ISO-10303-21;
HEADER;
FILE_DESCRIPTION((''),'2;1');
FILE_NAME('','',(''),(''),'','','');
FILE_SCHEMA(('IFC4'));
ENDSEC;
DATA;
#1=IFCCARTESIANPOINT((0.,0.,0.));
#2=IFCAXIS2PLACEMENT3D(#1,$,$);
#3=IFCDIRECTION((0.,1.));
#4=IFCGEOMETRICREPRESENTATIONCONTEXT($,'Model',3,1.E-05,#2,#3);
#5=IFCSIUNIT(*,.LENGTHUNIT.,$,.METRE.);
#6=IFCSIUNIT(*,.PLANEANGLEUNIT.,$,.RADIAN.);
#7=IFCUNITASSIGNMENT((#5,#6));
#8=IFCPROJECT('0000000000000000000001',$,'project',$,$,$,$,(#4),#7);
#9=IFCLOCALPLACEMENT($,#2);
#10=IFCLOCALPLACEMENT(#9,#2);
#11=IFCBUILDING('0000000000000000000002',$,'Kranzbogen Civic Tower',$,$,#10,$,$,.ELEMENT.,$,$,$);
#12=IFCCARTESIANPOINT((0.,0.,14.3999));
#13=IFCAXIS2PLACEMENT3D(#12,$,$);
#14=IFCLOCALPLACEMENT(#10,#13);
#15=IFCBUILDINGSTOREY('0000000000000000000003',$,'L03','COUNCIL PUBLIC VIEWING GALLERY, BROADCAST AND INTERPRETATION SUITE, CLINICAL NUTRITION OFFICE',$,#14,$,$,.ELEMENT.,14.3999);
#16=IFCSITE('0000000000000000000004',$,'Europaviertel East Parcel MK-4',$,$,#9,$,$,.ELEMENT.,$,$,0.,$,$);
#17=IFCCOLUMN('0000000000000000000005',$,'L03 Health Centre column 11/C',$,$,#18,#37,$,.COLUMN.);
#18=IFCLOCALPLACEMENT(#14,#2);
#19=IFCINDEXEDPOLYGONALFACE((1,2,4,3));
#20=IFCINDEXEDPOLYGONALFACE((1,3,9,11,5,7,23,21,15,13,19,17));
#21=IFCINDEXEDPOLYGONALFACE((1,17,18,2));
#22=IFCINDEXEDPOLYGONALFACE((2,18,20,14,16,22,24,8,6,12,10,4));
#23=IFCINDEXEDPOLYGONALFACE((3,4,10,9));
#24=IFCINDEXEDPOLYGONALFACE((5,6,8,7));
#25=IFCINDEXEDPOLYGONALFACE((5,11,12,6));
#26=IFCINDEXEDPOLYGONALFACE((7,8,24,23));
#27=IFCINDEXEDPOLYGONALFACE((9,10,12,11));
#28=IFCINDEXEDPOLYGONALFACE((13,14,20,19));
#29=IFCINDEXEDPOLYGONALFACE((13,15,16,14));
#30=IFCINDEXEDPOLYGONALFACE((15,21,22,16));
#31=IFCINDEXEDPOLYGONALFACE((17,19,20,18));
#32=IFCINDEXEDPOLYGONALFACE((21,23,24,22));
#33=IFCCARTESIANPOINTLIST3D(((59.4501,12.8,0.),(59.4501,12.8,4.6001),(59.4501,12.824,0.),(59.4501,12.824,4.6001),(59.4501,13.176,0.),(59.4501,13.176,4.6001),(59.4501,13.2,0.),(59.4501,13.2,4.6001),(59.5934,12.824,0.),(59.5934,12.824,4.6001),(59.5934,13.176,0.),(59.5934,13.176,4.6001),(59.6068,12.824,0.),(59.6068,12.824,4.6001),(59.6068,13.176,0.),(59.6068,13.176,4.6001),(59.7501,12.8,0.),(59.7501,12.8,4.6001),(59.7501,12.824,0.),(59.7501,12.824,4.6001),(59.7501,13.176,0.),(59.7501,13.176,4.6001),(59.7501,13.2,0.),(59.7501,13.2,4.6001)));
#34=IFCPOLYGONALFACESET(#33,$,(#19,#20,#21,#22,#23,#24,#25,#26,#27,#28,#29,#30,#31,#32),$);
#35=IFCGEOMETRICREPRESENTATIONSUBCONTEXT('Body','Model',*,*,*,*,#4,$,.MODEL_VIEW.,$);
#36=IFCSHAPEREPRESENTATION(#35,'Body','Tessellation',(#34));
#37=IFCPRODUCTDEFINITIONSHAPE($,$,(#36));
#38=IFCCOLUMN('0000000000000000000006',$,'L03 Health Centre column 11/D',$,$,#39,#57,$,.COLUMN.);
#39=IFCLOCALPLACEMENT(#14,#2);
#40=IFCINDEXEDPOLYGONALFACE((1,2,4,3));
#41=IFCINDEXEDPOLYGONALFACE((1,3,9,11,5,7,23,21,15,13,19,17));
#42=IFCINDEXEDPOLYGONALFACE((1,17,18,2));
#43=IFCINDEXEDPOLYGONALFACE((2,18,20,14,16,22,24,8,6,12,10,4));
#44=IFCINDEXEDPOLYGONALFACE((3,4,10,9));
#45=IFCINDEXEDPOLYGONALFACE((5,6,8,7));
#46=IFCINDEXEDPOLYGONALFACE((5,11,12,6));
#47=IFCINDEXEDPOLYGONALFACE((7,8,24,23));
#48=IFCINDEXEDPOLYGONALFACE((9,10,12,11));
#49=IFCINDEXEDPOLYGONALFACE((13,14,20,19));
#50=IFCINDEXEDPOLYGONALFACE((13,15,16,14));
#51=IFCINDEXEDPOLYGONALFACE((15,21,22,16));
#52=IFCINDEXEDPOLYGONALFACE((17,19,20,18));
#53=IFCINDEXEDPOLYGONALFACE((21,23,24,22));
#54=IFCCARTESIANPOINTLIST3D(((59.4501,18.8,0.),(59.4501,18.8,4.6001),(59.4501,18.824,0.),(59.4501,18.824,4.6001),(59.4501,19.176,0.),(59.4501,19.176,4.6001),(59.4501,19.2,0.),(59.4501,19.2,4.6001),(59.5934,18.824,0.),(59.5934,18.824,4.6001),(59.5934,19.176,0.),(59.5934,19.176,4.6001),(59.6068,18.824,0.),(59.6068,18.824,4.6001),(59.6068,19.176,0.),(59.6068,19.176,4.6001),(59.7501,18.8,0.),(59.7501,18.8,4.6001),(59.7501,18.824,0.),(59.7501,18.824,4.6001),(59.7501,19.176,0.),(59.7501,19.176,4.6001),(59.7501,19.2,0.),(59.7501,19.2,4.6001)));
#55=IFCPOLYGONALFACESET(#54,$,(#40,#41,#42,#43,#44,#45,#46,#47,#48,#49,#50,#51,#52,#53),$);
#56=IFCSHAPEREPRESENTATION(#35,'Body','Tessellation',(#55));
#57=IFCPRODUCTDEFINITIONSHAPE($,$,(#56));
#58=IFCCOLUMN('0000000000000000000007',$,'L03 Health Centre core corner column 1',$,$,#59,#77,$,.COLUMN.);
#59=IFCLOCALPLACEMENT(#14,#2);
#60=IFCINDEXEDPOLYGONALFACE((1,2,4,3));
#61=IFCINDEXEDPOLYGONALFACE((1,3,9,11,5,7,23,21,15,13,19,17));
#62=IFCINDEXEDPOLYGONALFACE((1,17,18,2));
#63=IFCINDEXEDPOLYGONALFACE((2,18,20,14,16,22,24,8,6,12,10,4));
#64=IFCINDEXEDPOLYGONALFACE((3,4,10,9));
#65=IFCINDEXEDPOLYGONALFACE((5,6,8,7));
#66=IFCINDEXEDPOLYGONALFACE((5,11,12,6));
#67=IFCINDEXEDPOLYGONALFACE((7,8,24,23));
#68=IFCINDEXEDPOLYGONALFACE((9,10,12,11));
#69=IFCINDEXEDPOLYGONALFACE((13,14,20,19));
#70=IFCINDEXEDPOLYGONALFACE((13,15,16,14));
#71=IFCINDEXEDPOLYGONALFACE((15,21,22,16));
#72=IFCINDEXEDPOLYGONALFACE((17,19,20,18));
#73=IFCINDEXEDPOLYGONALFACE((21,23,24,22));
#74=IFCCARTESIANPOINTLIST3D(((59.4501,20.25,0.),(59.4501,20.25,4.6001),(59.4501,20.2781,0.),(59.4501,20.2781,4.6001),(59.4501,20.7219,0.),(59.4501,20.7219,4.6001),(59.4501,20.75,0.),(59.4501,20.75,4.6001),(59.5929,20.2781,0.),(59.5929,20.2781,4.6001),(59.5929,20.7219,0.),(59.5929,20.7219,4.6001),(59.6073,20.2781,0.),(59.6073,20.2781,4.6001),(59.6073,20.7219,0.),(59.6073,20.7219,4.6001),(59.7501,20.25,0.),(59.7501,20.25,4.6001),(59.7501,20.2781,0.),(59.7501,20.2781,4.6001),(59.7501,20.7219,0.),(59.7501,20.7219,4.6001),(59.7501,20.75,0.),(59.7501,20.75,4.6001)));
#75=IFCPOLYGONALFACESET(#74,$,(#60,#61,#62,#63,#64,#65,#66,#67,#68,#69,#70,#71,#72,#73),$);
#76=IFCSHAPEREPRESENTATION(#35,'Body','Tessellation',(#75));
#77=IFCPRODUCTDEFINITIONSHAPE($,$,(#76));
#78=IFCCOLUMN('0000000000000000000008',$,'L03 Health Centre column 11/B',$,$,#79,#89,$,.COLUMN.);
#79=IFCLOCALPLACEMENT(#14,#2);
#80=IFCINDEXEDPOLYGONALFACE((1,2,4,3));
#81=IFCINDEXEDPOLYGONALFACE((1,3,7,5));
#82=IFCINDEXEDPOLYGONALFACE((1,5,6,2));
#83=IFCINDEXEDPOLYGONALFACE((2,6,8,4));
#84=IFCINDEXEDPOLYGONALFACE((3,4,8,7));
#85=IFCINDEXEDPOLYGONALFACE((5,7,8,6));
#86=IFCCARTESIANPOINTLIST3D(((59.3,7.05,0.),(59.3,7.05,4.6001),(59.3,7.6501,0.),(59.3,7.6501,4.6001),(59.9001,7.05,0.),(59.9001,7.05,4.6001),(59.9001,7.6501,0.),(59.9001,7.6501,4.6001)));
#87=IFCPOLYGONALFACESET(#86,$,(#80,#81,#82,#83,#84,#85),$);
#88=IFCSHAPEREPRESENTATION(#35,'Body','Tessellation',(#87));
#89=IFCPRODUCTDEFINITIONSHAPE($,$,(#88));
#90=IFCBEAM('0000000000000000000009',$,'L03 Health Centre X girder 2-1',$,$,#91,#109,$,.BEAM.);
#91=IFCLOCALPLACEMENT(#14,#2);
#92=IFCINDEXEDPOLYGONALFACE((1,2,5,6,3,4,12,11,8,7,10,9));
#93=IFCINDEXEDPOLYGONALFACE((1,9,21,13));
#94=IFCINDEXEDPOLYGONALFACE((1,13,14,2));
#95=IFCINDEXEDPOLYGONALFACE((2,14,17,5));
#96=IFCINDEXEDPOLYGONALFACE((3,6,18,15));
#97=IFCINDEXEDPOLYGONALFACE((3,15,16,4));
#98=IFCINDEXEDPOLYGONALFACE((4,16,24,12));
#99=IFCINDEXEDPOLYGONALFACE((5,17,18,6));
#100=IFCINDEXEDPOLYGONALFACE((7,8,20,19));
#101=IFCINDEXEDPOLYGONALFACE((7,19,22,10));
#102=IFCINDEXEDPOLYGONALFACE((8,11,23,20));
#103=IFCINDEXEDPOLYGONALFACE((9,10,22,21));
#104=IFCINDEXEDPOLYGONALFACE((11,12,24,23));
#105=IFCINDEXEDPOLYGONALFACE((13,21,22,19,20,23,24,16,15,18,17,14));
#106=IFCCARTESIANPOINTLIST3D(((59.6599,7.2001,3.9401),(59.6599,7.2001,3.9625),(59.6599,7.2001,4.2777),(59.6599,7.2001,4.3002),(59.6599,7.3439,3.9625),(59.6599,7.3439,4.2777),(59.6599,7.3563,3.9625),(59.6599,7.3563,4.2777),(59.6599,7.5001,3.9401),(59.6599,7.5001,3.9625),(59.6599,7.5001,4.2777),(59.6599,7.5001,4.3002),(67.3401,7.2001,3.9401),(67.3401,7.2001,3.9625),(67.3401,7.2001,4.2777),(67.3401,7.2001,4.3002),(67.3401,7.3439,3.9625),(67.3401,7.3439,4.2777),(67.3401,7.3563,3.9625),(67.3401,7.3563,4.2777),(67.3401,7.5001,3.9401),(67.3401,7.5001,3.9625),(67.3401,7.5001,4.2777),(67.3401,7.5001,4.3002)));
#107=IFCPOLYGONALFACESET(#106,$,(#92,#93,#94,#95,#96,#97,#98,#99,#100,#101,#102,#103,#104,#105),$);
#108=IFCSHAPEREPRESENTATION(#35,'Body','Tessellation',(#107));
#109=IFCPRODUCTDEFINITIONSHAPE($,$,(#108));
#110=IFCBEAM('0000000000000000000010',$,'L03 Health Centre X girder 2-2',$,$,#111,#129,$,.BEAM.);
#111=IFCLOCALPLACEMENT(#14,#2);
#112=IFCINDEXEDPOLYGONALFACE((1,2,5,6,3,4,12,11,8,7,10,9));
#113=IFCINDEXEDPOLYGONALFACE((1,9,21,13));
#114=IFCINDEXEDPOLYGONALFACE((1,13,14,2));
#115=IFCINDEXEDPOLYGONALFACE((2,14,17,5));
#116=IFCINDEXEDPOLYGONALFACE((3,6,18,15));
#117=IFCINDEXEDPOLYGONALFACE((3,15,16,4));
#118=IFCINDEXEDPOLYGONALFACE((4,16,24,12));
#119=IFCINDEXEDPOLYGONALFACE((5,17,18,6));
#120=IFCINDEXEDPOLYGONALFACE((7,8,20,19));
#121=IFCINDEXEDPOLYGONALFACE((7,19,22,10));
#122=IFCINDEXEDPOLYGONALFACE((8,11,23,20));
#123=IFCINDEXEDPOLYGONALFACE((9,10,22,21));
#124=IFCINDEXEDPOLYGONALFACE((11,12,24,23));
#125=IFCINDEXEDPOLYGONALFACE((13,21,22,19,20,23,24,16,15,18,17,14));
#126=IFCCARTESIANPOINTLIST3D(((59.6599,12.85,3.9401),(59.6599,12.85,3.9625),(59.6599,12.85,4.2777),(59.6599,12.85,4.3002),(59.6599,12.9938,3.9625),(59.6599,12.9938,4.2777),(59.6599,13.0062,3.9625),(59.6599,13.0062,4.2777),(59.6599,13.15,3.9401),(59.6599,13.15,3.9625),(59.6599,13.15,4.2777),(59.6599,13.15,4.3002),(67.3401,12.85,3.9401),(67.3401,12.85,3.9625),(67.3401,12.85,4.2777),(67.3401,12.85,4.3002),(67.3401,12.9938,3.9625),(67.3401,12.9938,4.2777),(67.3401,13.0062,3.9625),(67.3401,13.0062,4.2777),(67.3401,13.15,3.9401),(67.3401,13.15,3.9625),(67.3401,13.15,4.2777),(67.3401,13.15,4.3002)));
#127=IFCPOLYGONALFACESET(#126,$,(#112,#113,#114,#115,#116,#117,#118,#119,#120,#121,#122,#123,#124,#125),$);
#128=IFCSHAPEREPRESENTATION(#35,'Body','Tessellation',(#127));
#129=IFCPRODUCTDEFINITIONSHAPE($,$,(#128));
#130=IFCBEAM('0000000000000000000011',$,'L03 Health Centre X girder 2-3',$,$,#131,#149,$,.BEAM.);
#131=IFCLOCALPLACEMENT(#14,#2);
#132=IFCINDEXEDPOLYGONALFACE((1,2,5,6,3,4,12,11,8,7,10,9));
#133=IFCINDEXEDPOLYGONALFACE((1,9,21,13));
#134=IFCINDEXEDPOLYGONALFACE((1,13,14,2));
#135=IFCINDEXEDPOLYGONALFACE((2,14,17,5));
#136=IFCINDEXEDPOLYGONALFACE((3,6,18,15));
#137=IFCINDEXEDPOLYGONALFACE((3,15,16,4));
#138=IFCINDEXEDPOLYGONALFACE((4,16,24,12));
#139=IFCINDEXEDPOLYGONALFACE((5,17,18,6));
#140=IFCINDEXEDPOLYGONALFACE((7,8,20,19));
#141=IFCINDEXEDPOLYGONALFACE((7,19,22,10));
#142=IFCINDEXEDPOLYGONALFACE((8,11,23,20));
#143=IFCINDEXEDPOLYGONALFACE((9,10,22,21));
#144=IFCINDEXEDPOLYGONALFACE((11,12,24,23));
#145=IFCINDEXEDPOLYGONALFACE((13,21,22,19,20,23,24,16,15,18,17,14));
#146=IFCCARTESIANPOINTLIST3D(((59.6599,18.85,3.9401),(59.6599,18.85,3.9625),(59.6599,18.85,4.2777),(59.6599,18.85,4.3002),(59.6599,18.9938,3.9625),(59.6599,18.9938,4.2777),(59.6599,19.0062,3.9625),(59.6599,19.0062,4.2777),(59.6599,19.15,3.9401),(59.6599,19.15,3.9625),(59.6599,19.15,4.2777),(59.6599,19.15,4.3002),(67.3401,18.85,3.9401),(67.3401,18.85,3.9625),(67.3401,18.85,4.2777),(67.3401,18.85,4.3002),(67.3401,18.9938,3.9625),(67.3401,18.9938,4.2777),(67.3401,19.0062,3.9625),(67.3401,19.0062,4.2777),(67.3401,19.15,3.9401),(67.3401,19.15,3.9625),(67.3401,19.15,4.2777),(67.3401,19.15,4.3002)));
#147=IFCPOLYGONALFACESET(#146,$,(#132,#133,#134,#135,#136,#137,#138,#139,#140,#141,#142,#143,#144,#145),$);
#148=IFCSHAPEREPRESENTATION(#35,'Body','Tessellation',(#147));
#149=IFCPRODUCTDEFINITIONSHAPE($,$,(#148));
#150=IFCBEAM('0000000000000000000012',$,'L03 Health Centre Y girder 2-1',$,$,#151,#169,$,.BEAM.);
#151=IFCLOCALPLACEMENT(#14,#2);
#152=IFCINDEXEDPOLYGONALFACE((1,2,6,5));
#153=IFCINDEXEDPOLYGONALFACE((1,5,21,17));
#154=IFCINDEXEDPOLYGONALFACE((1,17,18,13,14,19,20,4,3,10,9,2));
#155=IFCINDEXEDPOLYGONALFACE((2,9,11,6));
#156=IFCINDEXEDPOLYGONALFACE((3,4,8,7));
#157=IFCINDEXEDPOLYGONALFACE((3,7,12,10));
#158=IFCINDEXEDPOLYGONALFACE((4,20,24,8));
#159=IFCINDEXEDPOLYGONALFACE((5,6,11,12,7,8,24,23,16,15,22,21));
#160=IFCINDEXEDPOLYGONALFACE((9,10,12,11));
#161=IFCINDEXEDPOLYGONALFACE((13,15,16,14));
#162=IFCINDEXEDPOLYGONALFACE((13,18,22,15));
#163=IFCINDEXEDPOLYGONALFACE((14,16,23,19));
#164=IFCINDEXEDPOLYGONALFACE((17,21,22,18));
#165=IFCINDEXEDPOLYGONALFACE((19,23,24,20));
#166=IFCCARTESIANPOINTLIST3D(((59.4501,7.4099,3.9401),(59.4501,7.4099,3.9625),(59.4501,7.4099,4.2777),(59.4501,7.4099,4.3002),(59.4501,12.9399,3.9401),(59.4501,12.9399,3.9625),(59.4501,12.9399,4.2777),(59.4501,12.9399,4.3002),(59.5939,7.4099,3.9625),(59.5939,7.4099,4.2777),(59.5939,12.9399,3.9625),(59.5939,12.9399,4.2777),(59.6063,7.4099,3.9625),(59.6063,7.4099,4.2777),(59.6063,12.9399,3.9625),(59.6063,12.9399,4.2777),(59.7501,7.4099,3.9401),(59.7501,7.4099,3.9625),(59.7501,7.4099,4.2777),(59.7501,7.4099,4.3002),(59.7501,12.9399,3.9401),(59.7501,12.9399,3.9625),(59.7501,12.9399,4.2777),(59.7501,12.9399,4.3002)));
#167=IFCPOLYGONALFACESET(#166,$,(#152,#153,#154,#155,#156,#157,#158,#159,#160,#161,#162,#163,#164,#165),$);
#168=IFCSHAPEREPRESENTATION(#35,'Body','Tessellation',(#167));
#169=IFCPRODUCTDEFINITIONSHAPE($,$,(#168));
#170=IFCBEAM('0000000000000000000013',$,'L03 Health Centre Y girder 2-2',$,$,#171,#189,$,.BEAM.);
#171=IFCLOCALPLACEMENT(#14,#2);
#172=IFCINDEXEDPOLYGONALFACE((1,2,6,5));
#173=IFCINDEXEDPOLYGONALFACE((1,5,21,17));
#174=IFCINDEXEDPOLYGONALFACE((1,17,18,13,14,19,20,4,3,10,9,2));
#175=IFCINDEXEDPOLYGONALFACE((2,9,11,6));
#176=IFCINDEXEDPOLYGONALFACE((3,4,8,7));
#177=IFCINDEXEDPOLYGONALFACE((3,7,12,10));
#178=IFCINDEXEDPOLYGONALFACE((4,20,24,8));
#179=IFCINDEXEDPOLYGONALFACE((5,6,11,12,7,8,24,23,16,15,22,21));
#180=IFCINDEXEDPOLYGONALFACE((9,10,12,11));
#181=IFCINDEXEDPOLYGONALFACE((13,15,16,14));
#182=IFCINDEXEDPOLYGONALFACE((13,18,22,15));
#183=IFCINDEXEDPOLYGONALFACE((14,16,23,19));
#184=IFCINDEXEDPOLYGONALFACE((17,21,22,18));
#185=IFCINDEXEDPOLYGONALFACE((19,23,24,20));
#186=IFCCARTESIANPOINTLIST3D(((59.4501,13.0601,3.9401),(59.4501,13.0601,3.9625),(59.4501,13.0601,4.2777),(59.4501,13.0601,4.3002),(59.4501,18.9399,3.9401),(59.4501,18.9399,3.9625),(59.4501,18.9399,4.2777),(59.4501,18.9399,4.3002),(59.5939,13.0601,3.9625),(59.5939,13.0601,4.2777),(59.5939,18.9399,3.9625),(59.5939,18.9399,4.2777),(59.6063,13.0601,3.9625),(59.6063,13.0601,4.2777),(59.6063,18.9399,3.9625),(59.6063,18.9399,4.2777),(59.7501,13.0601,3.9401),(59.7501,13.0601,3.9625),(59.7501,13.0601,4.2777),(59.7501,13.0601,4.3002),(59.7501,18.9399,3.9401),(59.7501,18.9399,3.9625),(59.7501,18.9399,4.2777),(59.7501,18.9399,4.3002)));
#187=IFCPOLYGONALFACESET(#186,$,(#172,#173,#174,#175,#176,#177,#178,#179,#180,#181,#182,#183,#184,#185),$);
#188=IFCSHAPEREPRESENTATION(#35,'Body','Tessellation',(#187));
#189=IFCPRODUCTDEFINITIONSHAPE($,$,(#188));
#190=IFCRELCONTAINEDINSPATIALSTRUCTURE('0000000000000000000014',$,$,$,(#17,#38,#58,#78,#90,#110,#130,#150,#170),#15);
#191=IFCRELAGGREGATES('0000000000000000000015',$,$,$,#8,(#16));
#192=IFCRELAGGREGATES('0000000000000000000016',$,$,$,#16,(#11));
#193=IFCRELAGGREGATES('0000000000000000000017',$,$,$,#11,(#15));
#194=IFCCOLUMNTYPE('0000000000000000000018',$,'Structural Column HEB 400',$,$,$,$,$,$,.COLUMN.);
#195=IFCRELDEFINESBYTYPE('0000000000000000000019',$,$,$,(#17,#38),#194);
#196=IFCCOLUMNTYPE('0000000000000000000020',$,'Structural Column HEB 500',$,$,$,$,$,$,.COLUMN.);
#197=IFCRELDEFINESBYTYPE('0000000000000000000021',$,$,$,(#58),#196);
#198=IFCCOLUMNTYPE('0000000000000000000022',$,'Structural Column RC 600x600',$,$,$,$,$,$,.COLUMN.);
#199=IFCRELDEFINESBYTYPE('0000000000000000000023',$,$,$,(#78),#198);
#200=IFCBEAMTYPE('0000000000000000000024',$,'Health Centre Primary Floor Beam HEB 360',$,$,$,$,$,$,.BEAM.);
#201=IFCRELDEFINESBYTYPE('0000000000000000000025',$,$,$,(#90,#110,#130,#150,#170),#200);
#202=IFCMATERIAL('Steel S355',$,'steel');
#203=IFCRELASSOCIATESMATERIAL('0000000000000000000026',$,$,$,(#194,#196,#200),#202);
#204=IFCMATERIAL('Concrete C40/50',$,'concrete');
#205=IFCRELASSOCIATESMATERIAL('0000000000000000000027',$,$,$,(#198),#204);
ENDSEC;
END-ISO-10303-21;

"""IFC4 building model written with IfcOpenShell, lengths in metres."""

from ifc_helpers import new_model, si_unit, direction, frame, origin, origin_2d, place, context, subcontext, project, spatial, rectangle, i_section, extrude, material, material_profile, profile_set, type_object, element, save


model = new_model("IFC4")

# Units and contexts
model_context = context("Model", 3, precision=1e-05, world=origin(), true_north=direction((0.0, 1.0)))
body_context = subcontext(model_context, "Body", "Model", "MODEL_VIEW")
ifc_project = project(units=[si_unit("LENGTHUNIT", "METRE"), si_unit("PLANEANGLEUNIT", "RADIAN")], contexts=[model_context])

# Site, building, storey
site_placement = place(None, origin())
site = spatial("IfcSite", under=ifc_project, at=site_placement, Name="Europaviertel East Parcel MK-4", CompositionType="ELEMENT", RefElevation=0.0)
building_placement = place(site_placement, origin())
building = spatial("IfcBuilding", under=site, at=building_placement, Name="Kranzbogen Civic Tower", CompositionType="ELEMENT")
storey_placement = place(building_placement, frame((0.0, 0.0, 14.3999)))
storey = spatial("IfcBuildingStorey", under=building, at=storey_placement, Name="L03", Description="COUNCIL PUBLIC VIEWING GALLERY, BROADCAST AND INTERPRETATION SUITE, CLINICAL NUTRITION OFFICE", CompositionType="ELEMENT", Elevation=14.3999)

# Columns
ifc_material_1 = material(Name="Steel S355", Category="steel")
ifc_material_profile_1 = material_profile(ifc_material_1, i_section(OverallWidth=0.3, OverallDepth=0.3999, WebThickness=0.0134, FlangeThickness=0.0239, at=origin_2d()), Name="HEB 400")
ifc_profile_set_1 = profile_set([ifc_material_profile_1], Name="Steel S355")
column_type_1 = type_object("IfcColumnType", Name="Structural Column HEB 400", PredefinedType="COLUMN", material=ifc_profile_set_1)
for number, where, z_axis, x_axis, name in (
    (1, (59.6001, 13.0, 0.0), (0.0, 0.0, 1.0), (1.0, 0.0, 0.0), "L03 Health Centre column 11/C"),
    (2, (59.6001, 19.0, 0.0), (0.0, 0.0, 1.0), (1.0, 0.0, 0.0), "L03 Health Centre column 11/D"),
):
    element("IfcColumn", number, at=place(storey_placement, frame(where, z_axis=z_axis, x_axis=x_axis)), inside=storey, type_object=column_type_1, Name=name, PredefinedType="COLUMN", context=body_context, shape_type="SweptSolid", body=[
        extrude(i_section(OverallWidth=0.3, OverallDepth=0.3999, WebThickness=0.0134, FlangeThickness=0.0239, at=origin_2d()), origin(), (0.0, 0.0, 1.0), 4.6001),
    ])
ifc_material_profile_2 = material_profile(ifc_material_1, i_section(OverallWidth=0.3, OverallDepth=0.5, WebThickness=0.0144, FlangeThickness=0.0281, at=origin_2d()), Name="HEB 500")
ifc_profile_set_2 = profile_set([ifc_material_profile_2], Name="Steel S355")
column_type_2 = type_object("IfcColumnType", Name="Structural Column HEB 500", PredefinedType="COLUMN", material=ifc_profile_set_2)
column_1_placement = place(storey_placement, frame((59.6001, 20.5, 0.0), z_axis=(0.0, 0.0, 1.0), x_axis=(1.0, 0.0, 0.0)))
element("IfcColumn", 3, at=column_1_placement, inside=storey, type_object=column_type_2, Name="L03 Health Centre core corner column 1", PredefinedType="COLUMN", context=body_context, shape_type="SweptSolid", body=[
    extrude(i_section(OverallWidth=0.3, OverallDepth=0.5, WebThickness=0.0144, FlangeThickness=0.0281, at=origin_2d()), origin(), (0.0, 0.0, 1.0), 4.6001),
])
ifc_material_2 = material(Name="Concrete C40/50", Category="concrete")
ifc_material_profile_3 = material_profile(ifc_material_2, rectangle(XDim=0.6001, YDim=0.6001, at=origin_2d()), Name="RC 600x600")
ifc_profile_set_3 = profile_set([ifc_material_profile_3], Name="Concrete C40/50")
column_type_3 = type_object("IfcColumnType", Name="Structural Column RC 600x600", PredefinedType="COLUMN", material=ifc_profile_set_3)
column_2_placement = place(storey_placement, frame((59.6001, 7.3501, 0.0), z_axis=(0.0, 0.0, 1.0), x_axis=(1.0, 0.0, 0.0)))
element("IfcColumn", 4, at=column_2_placement, inside=storey, type_object=column_type_3, Name="L03 Health Centre column 11/B", PredefinedType="COLUMN", context=body_context, shape_type="SweptSolid", body=[
    extrude(rectangle(XDim=0.6001, YDim=0.6001, at=origin_2d()), origin(), (0.0, 0.0, 1.0), 4.6001),
])

# Beams
ifc_material_profile_4 = material_profile(ifc_material_1, i_section(OverallWidth=0.3, OverallDepth=0.3601, WebThickness=0.0125, FlangeThickness=0.0225, at=origin_2d()), Name="HEB 360")
ifc_profile_set_4 = profile_set([ifc_material_profile_4], Name="Steel S355")
beam_type_1 = type_object("IfcBeamType", Name="Health Centre Primary Floor Beam HEB 360", PredefinedType="BEAM", material=ifc_profile_set_4)
for number, where, z_axis, x_axis, name in (
    (5, (59.6599, 7.3501, 4.1201), (1.0, 0.0, 0.0), (0.0, 1.0, 0.0), "L03 Health Centre X girder 2-1"),
    (6, (59.6599, 13.0, 4.1201), (1.0, 0.0, 0.0), (0.0, 1.0, 0.0), "L03 Health Centre X girder 2-2"),
    (7, (59.6599, 19.0, 4.1201), (1.0, 0.0, 0.0), (0.0, 1.0, 0.0), "L03 Health Centre X girder 2-3"),
):
    element("IfcBeam", number, at=place(storey_placement, frame(where, z_axis=z_axis, x_axis=x_axis)), inside=storey, type_object=beam_type_1, Name=name, PredefinedType="BEAM", context=body_context, shape_type="SweptSolid", body=[
        extrude(i_section(OverallWidth=0.3, OverallDepth=0.3601, WebThickness=0.0125, FlangeThickness=0.0225, at=origin_2d()), origin(), (0.0, 0.0, 1.0), 7.6802),
    ])
beam_1_placement = place(storey_placement, frame((59.6001, 7.4099, 4.1201), z_axis=(0.0, 1.0, 0.0), x_axis=(-1.0, 0.0, 0.0)))
element("IfcBeam", 8, at=beam_1_placement, inside=storey, type_object=beam_type_1, Name="L03 Health Centre Y girder 2-1", PredefinedType="BEAM", context=body_context, shape_type="SweptSolid", body=[
    extrude(i_section(OverallWidth=0.3, OverallDepth=0.3601, WebThickness=0.0125, FlangeThickness=0.0225, at=origin_2d()), origin(), (0.0, 0.0, 1.0), 5.53),
])
for number, where, z_axis, x_axis, name in (
    (9, (59.6001, 13.0601, 4.1201), (0.0, 1.0, 0.0), (-1.0, 0.0, 0.0), "L03 Health Centre Y girder 2-2"),
):
    element("IfcBeam", number, at=place(storey_placement, frame(where, z_axis=z_axis, x_axis=x_axis)), inside=storey, type_object=beam_type_1, Name=name, PredefinedType="BEAM", context=body_context, shape_type="SweptSolid", body=[
        extrude(i_section(OverallWidth=0.3, OverallDepth=0.3601, WebThickness=0.0125, FlangeThickness=0.0225, at=origin_2d()), origin(), (0.0, 0.0, 1.0), 5.8799),
    ])

save(model, "model.ifc")
